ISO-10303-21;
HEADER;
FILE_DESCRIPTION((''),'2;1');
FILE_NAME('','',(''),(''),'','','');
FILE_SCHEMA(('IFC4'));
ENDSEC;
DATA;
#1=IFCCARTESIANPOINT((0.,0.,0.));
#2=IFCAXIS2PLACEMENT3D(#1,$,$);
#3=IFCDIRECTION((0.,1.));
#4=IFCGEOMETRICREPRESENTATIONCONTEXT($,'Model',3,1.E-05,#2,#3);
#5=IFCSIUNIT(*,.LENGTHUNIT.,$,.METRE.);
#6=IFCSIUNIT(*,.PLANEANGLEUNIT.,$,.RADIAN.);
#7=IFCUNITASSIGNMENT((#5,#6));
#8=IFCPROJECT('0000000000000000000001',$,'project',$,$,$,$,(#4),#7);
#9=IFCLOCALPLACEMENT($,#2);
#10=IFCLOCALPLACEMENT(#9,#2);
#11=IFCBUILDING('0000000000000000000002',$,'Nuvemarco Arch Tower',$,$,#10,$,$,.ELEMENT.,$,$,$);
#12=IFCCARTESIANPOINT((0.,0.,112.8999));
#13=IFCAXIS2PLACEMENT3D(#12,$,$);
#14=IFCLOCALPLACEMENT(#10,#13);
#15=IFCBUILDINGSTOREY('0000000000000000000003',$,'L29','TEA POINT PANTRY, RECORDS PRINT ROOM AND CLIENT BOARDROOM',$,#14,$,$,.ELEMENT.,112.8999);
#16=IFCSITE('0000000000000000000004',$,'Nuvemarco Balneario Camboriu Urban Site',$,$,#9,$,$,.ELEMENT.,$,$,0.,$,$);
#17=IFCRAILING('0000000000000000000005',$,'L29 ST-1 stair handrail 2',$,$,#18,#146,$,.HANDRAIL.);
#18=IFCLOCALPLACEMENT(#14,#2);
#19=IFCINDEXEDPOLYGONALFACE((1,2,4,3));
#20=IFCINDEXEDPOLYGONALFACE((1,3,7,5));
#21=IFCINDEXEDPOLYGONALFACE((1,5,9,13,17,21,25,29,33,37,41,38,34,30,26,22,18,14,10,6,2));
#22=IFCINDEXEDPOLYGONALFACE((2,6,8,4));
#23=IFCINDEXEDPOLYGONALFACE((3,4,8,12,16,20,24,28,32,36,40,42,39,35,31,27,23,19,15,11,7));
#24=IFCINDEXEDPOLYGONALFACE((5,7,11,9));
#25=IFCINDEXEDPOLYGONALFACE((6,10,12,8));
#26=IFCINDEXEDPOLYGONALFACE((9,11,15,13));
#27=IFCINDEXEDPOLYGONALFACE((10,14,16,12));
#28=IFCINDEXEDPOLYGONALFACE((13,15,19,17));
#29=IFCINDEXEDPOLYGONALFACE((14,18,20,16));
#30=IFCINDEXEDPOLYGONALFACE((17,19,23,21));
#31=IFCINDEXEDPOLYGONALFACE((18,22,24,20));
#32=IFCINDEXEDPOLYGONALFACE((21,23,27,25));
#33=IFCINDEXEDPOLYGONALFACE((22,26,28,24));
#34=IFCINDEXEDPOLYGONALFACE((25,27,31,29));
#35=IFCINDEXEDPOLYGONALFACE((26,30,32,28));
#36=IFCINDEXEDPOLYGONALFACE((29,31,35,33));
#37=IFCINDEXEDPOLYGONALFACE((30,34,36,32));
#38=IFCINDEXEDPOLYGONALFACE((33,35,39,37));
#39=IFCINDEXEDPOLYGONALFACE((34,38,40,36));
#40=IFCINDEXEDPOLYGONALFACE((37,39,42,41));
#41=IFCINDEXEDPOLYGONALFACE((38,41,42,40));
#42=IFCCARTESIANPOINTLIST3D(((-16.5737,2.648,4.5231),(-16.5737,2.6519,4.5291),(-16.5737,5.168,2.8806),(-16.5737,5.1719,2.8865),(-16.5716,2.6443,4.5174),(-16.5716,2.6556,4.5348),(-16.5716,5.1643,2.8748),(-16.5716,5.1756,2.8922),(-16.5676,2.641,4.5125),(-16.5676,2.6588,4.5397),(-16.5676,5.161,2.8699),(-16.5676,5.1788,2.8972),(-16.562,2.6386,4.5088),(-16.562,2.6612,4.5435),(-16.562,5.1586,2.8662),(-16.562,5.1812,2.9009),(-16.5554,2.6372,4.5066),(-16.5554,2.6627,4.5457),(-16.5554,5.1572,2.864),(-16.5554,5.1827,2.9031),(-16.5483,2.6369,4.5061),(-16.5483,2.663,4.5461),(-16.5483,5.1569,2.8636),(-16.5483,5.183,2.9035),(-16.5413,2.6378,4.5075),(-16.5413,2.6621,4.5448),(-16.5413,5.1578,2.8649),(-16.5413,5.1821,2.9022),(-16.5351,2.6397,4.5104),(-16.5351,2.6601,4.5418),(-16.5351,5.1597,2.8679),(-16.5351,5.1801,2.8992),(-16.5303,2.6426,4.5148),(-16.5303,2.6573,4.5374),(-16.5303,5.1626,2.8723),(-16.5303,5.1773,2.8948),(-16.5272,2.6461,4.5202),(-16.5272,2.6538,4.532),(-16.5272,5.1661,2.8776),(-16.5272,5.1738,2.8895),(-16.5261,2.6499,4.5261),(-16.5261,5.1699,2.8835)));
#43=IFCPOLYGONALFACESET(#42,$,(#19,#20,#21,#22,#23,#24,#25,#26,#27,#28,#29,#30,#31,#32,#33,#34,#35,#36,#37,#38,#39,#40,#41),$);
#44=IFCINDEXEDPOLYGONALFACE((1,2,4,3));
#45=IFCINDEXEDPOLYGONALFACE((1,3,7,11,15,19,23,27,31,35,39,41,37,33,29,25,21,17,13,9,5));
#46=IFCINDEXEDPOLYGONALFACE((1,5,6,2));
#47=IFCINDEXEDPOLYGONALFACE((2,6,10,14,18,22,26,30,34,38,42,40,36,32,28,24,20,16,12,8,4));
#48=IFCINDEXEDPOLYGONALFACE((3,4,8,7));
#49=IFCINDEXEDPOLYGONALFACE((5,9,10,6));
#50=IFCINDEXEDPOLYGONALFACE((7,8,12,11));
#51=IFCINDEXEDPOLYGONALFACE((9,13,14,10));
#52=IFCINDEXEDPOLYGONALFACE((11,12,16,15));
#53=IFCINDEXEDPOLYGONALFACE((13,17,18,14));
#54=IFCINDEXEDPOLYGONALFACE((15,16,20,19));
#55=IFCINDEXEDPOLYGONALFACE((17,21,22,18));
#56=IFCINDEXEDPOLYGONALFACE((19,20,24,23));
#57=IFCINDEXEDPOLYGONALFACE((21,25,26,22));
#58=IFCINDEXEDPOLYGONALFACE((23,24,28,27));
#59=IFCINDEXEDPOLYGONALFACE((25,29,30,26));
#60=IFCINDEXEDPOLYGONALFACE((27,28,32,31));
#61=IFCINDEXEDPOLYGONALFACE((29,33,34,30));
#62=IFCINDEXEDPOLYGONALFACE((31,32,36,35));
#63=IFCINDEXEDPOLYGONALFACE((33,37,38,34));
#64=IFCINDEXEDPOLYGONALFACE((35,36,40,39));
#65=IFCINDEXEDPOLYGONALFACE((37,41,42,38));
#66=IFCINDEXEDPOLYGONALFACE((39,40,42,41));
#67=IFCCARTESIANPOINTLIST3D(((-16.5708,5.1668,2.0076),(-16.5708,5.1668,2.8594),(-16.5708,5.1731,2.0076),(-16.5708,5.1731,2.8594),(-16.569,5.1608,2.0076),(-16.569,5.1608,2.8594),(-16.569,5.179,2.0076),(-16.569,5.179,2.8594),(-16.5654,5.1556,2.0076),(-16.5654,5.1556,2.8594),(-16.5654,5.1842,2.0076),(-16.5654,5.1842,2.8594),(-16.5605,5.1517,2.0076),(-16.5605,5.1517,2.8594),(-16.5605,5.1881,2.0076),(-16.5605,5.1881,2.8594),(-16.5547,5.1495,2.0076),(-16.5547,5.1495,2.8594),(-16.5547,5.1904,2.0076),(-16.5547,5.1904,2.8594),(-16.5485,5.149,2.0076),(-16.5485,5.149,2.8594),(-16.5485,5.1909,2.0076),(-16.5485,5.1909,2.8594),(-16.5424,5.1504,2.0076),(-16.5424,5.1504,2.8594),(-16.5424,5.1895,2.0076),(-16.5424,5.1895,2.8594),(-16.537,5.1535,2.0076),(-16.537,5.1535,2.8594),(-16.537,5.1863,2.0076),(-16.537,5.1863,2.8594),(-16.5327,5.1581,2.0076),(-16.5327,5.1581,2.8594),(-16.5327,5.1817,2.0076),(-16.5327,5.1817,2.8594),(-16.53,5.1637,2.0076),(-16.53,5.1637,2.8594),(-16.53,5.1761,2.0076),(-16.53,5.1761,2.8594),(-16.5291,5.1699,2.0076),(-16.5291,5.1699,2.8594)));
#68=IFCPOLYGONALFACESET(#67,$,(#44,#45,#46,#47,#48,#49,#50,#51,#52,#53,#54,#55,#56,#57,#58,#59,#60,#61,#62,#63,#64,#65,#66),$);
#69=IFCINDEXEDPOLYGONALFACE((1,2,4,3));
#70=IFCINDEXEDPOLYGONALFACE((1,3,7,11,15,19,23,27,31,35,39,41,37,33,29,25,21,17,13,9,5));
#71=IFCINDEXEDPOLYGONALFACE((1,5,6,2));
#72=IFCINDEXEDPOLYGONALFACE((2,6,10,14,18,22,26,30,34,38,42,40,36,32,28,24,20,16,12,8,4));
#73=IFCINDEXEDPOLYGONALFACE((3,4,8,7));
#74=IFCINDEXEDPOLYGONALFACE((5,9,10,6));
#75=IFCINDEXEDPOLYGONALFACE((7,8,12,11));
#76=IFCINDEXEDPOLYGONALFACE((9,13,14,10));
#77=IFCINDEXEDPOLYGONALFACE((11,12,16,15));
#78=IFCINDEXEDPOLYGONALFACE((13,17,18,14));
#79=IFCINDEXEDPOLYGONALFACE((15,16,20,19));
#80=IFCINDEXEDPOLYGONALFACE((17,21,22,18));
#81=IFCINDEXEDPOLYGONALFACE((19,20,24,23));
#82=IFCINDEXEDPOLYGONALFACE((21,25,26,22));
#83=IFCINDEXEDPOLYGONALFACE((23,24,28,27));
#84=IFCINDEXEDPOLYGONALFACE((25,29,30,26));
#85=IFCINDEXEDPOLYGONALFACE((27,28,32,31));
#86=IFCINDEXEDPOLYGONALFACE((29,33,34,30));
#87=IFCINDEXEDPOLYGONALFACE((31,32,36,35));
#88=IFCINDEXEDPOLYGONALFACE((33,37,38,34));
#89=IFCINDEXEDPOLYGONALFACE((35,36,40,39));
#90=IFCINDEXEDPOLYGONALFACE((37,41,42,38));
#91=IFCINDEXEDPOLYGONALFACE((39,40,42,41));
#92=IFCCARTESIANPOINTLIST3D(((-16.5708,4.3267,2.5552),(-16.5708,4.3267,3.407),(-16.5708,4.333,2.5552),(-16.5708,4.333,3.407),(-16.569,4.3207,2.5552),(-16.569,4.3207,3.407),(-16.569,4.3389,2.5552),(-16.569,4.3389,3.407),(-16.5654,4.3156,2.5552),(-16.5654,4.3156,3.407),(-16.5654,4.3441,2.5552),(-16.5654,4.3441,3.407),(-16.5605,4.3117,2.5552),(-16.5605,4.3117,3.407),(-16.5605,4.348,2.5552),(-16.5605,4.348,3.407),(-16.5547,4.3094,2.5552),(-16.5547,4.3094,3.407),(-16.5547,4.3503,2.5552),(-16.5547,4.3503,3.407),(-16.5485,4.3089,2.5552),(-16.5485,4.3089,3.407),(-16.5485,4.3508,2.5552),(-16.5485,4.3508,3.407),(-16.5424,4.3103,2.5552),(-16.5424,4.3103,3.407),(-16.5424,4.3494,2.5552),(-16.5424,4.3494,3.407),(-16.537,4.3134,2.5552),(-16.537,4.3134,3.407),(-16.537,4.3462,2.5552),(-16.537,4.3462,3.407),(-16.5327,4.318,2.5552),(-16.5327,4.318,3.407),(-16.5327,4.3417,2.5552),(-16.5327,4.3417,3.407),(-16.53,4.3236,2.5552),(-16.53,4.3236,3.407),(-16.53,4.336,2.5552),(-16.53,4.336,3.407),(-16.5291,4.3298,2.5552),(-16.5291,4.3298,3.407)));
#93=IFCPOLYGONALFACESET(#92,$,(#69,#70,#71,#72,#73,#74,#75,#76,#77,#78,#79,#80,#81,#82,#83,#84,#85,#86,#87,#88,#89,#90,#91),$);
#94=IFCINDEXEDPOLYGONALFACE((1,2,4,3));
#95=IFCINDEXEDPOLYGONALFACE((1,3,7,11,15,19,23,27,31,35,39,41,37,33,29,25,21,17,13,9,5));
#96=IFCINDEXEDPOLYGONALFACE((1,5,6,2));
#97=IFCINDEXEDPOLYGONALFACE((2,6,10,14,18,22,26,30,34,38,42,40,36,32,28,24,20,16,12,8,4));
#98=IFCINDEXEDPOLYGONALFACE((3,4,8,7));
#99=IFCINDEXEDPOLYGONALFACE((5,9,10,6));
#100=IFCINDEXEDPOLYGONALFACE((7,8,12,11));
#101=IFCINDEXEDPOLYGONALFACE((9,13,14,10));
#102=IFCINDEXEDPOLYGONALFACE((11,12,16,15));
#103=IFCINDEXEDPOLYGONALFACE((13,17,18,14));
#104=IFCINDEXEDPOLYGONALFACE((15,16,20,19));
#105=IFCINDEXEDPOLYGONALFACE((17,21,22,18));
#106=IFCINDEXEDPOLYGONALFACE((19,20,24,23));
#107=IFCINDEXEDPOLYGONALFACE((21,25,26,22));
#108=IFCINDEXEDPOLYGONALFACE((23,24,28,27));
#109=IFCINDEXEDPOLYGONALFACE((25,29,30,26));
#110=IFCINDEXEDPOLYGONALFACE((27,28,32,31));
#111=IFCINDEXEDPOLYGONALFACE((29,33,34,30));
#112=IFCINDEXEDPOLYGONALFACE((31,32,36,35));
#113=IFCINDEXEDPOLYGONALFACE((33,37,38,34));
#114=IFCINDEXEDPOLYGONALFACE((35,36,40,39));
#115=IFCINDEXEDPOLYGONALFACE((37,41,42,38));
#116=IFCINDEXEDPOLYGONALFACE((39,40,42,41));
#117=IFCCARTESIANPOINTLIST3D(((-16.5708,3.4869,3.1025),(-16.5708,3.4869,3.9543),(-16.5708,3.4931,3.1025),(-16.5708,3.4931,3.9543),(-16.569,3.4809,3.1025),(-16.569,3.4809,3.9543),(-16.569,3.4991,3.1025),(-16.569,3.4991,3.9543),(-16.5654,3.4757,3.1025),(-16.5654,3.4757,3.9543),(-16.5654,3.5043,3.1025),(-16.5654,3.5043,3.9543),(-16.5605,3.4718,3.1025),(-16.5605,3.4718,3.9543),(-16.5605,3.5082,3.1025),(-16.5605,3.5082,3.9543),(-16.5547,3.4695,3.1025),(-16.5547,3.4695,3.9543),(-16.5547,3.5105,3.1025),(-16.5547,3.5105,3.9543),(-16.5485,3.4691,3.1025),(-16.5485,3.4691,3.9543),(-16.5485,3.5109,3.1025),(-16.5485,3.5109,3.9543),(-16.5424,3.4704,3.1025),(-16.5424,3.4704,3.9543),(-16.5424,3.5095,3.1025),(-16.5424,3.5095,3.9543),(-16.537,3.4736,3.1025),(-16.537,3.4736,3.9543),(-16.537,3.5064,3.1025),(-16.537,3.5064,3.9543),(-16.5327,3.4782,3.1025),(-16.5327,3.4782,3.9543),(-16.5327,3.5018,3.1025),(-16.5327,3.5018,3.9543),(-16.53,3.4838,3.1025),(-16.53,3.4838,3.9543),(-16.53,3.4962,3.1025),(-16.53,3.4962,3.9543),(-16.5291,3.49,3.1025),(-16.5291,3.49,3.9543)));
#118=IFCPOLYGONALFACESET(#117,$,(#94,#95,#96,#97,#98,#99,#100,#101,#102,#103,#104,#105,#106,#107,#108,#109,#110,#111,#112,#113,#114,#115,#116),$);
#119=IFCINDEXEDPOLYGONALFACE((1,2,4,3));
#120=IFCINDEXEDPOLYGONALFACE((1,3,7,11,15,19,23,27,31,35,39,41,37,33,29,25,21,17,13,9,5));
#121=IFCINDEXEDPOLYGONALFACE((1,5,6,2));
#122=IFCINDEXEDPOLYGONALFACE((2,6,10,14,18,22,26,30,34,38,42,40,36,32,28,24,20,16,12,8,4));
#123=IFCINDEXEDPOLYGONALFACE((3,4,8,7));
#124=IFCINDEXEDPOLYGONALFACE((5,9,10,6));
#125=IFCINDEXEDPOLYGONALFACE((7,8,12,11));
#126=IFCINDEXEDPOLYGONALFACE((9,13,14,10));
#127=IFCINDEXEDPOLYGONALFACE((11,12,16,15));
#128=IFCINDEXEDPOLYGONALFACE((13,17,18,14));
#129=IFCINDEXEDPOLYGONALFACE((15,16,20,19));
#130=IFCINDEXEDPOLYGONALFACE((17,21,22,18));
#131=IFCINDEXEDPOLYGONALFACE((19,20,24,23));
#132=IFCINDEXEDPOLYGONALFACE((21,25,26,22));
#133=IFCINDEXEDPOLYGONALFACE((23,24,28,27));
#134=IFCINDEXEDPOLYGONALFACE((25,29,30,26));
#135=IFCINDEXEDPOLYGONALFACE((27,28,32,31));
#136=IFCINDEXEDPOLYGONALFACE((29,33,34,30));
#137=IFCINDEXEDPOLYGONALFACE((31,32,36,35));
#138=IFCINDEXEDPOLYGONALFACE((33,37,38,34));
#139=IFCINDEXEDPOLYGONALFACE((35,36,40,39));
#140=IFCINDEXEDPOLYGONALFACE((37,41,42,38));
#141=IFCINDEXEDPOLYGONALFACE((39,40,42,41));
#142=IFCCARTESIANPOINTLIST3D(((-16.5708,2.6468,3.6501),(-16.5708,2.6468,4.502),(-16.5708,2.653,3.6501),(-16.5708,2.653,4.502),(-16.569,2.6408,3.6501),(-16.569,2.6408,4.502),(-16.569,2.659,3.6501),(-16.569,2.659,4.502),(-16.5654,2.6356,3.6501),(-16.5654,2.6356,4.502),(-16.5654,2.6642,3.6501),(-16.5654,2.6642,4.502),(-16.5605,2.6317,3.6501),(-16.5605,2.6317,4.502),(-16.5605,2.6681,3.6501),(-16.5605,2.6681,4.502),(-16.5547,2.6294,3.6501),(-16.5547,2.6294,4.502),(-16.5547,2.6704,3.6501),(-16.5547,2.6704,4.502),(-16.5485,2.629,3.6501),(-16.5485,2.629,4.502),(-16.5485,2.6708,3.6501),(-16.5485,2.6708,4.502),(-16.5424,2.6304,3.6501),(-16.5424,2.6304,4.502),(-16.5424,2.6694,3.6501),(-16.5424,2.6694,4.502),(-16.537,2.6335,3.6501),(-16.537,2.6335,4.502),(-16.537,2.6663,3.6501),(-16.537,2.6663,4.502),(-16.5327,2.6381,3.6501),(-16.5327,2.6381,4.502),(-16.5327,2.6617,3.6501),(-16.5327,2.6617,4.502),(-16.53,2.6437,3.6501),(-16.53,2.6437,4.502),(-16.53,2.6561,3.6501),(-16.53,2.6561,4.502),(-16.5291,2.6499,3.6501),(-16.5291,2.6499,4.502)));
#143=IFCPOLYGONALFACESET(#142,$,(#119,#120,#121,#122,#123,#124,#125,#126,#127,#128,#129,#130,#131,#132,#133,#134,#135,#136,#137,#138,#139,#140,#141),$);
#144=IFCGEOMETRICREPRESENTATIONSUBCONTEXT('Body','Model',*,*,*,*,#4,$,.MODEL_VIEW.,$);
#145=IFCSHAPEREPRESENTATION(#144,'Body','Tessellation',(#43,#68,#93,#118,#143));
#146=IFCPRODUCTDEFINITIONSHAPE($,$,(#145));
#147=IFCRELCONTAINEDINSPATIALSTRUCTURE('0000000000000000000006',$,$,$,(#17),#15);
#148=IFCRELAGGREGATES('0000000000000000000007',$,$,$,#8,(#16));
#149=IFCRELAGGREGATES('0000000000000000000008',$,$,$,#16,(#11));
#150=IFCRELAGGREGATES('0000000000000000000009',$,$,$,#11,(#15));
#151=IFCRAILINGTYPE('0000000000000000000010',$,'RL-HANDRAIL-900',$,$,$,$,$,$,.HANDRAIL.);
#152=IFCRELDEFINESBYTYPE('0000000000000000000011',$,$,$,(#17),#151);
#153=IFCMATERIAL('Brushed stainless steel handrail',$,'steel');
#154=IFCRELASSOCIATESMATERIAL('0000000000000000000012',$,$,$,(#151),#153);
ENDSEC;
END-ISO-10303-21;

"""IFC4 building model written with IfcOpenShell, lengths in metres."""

from ifc_helpers import new_model, si_unit, direction, frame, origin, origin_2d, place, context, subcontext, project, spatial, circle, extrude, material, type_object, element, save


model = new_model("IFC4")

# Units and contexts
model_context = context("Model", 3, precision=1e-05, world=origin(), true_north=direction((0.0, 1.0)))
body_context = subcontext(model_context, "Body", "Model", "MODEL_VIEW")
ifc_project = project(units=[si_unit("LENGTHUNIT", "METRE"), si_unit("PLANEANGLEUNIT", "RADIAN")], contexts=[model_context])

# Site, building, storey
site_placement = place(None, origin())
site = spatial("IfcSite", under=ifc_project, at=site_placement, Name="Nuvemarco Balneario Camboriu Urban Site", CompositionType="ELEMENT", RefElevation=0.0)
building_placement = place(site_placement, origin())
building = spatial("IfcBuilding", under=site, at=building_placement, Name="Nuvemarco Arch Tower", CompositionType="ELEMENT")
storey_placement = place(building_placement, frame((0.0, 0.0, 112.8999)))
storey = spatial("IfcBuildingStorey", under=building, at=storey_placement, Name="L29", Description="TEA POINT PANTRY, RECORDS PRINT ROOM AND CLIENT BOARDROOM", CompositionType="ELEMENT", Elevation=112.8999)

# Railing
ifc_material_1 = material(Name="Brushed stainless steel handrail", Category="steel")
railing_type_1 = type_object("IfcRailingType", Name="RL-HANDRAIL-900", PredefinedType="HANDRAIL", material=ifc_material_1)
railing_1_placement = place(storey_placement, frame((-16.55, 5.1699, 2.0076)))
element("IfcRailing", 1, at=railing_1_placement, inside=storey, type_object=railing_type_1, Name="L29 ST-1 stair handrail 2", PredefinedType="HANDRAIL", context=body_context, shape_type="SweptSolid", body=[
    extrude(circle(Radius=0.0239, at=origin_2d()), frame((0.0, 0.0, 0.876), z_axis=(0.0, -0.837749, 0.546055), x_axis=(1.0, 0.0, 0.0)), (0.0, 0.0, 1.0), 3.0081),
    extrude(circle(Radius=0.021, at=origin_2d()), origin(), (0.0, 0.0, 1.0), 0.8518),
    extrude(circle(Radius=0.021, at=origin_2d()), frame((0.0, -0.8401, 0.5476)), (0.0, 0.0, 1.0), 0.8518),
    extrude(circle(Radius=0.021, at=origin_2d()), frame((0.0, -1.6799, 1.095)), (0.0, 0.0, 1.0), 0.8518),
    extrude(circle(Radius=0.021, at=origin_2d()), frame((0.0, -2.52, 1.6426)), (0.0, 0.0, 1.0), 0.8518),
])

save(model, "model.ifc")
